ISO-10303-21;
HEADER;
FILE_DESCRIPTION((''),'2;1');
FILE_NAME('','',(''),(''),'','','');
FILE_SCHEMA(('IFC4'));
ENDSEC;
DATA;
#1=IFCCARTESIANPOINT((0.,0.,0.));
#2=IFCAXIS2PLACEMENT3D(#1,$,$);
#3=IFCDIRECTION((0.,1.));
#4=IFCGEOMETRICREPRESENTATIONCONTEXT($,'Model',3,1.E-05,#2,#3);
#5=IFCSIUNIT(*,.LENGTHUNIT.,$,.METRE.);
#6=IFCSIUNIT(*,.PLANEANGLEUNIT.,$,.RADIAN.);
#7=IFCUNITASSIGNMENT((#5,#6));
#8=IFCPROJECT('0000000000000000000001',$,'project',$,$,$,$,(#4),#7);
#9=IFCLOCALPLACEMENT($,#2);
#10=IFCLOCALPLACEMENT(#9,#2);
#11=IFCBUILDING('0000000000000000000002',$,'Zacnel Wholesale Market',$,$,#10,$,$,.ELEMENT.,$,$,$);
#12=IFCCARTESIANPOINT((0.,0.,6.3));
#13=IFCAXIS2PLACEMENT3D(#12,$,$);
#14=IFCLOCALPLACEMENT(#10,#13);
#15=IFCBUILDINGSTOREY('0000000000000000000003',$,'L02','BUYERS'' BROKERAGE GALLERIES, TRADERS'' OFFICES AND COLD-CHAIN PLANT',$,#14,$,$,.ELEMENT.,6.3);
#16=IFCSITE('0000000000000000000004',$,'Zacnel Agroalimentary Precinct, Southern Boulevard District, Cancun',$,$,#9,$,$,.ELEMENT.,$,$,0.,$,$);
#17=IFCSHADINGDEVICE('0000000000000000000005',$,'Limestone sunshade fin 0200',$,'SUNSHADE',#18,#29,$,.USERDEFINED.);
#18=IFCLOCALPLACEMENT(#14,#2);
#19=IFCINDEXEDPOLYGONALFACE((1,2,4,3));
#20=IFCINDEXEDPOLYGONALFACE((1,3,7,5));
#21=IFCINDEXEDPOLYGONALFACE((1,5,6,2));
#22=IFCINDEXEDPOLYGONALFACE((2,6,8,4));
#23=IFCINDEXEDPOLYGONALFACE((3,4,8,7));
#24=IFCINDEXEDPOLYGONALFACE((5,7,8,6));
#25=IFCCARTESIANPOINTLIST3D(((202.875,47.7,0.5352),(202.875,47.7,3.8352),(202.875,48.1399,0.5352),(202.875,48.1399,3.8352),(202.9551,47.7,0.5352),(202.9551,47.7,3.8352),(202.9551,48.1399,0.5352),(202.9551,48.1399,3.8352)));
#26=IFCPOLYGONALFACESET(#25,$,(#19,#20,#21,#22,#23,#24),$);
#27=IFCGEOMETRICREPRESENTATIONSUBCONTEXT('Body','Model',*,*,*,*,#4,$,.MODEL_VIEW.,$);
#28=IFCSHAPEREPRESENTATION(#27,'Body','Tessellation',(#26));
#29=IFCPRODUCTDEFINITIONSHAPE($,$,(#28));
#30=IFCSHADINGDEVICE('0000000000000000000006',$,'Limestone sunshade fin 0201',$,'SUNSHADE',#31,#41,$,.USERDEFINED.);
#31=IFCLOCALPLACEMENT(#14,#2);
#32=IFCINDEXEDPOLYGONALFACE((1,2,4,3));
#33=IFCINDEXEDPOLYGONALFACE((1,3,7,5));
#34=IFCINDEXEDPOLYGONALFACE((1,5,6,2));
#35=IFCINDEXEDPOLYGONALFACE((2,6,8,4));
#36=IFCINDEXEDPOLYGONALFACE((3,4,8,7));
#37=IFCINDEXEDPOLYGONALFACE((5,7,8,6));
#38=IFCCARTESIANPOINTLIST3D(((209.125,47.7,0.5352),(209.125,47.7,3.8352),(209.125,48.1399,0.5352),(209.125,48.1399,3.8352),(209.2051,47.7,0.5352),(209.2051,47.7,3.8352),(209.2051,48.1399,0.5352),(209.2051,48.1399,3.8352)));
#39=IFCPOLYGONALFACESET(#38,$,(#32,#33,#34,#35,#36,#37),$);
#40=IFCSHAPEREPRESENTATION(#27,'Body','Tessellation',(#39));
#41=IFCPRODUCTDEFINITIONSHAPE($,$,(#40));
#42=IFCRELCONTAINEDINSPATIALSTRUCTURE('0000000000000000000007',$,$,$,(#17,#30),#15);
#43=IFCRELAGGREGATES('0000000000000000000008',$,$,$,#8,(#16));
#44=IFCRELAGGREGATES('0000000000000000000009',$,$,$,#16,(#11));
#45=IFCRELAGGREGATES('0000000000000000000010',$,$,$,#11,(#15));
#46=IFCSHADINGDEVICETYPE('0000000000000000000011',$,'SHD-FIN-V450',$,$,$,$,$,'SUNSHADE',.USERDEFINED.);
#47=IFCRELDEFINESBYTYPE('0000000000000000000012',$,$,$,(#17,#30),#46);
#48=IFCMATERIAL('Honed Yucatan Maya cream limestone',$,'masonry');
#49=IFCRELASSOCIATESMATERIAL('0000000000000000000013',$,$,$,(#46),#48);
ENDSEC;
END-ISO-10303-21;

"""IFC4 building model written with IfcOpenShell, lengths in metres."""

from ifc_helpers import new_model, si_unit, direction, frame, origin, origin_2d, place, context, subcontext, project, spatial, rectangle, extrude, material, type_object, element, save


model = new_model("IFC4")

# Units and contexts
model_context = context("Model", 3, precision=1e-05, world=origin(), true_north=direction((0.0, 1.0)))
body_context = subcontext(model_context, "Body", "Model", "MODEL_VIEW")
ifc_project = project(units=[si_unit("LENGTHUNIT", "METRE"), si_unit("PLANEANGLEUNIT", "RADIAN")], contexts=[model_context])

# Site, building, storey
site_placement = place(None, origin())
site = spatial("IfcSite", under=ifc_project, at=site_placement, Name="Zacnel Agroalimentary Precinct, Southern Boulevard District, Cancun", CompositionType="ELEMENT", RefElevation=0.0)
building_placement = place(site_placement, origin())
building = spatial("IfcBuilding", under=site, at=building_placement, Name="Zacnel Wholesale Market", CompositionType="ELEMENT")
storey_placement = place(building_placement, frame((0.0, 0.0, 6.3)))
storey = spatial("IfcBuildingStorey", under=building, at=storey_placement, Name="L02", Description="BUYERS' BROKERAGE GALLERIES, TRADERS' OFFICES AND COLD-CHAIN PLANT", CompositionType="ELEMENT", Elevation=6.3)

# Shading devices
ifc_material_1 = material(Name="Honed Yucatan Maya cream limestone", Category="masonry")
shading_device_type = type_object("IfcShadingDeviceType", Name="SHD-FIN-V450", ElementType="SUNSHADE", PredefinedType="USERDEFINED", material=ifc_material_1)
for number, where, z_axis, x_axis, name in (
    (1, (202.915, 47.9199, 0.5352), (0.0, 0.0, 1.0), (1.0, 0.0, 0.0), "Limestone sunshade fin 0200"),
    (2, (209.165, 47.9199, 0.5352), (0.0, 0.0, 1.0), (1.0, 0.0, 0.0), "Limestone sunshade fin 0201"),
):
    element("IfcShadingDevice", number, at=place(storey_placement, frame(where, z_axis=z_axis, x_axis=x_axis)), inside=storey, type_object=shading_device_type, Name=name, ObjectType="SUNSHADE", PredefinedType="USERDEFINED", context=body_context, shape_type="SweptSolid", body=[
        extrude(rectangle(XDim=0.0801, YDim=0.4399, at=origin_2d()), origin(), (0.0, 0.0, 1.0), 3.3),
    ])

save(model, "model.ifc")
